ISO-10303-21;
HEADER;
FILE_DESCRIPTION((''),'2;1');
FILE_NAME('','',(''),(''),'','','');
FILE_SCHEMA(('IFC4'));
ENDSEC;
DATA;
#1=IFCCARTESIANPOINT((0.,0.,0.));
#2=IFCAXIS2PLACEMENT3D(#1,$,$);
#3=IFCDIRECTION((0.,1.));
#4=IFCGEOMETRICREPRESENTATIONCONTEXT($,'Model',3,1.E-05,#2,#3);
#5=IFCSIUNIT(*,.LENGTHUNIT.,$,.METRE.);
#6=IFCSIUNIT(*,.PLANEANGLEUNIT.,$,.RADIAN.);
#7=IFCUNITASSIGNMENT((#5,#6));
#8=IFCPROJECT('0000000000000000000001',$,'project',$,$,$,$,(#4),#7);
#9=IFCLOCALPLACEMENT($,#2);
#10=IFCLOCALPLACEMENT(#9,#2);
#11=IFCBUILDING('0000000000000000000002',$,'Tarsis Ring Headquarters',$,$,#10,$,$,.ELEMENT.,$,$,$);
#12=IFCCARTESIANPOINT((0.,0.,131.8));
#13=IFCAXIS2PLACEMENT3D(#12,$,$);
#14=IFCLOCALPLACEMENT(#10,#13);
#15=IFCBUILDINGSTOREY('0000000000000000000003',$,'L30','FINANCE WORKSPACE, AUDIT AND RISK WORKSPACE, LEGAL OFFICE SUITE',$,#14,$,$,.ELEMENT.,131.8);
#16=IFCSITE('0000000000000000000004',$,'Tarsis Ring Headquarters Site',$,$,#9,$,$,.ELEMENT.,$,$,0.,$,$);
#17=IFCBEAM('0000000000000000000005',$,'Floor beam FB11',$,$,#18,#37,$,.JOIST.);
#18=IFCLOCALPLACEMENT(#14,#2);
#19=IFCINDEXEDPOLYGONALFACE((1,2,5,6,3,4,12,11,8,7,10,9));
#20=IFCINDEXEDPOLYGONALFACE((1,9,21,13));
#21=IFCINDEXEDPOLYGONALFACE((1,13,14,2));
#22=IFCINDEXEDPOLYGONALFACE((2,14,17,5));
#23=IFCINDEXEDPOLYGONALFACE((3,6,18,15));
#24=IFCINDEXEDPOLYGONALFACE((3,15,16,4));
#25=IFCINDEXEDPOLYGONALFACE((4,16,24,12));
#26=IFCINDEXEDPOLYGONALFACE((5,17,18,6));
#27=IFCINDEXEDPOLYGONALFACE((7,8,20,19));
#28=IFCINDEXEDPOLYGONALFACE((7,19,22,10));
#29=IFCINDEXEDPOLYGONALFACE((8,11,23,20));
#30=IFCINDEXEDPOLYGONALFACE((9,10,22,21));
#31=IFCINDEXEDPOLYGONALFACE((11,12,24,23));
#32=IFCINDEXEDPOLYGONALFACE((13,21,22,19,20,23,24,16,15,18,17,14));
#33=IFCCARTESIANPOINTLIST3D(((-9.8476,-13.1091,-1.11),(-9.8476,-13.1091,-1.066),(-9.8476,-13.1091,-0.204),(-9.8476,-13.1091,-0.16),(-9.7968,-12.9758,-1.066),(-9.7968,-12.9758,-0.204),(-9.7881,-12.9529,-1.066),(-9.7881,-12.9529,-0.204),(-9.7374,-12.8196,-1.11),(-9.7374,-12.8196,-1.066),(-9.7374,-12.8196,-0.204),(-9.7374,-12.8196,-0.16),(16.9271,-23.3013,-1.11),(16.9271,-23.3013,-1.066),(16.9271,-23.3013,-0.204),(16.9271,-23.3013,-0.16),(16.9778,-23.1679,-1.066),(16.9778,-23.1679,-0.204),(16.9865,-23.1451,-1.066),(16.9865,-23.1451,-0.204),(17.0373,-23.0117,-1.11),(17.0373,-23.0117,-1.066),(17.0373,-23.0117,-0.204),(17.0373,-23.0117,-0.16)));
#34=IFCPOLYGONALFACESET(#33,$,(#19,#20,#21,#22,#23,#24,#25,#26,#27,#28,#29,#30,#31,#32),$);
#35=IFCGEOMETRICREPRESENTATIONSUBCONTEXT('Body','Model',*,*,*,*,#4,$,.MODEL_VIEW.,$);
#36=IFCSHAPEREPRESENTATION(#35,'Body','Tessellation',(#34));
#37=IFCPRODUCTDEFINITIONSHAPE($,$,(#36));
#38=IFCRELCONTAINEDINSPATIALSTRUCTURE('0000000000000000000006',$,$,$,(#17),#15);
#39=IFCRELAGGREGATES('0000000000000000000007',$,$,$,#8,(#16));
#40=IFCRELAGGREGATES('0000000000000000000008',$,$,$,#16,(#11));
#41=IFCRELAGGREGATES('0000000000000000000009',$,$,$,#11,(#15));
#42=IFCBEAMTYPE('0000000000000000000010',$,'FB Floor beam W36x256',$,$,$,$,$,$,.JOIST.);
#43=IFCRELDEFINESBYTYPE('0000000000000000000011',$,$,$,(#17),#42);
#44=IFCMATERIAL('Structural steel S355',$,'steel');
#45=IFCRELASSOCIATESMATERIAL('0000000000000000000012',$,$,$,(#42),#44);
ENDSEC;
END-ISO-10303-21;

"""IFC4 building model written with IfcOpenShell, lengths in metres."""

from ifc_helpers import new_model, si_unit, direction, frame, origin, origin_2d, place, context, subcontext, project, spatial, i_section, extrude, material, material_profile, profile_set, type_object, element, save


model = new_model("IFC4")

# Units and contexts
model_context = context("Model", 3, precision=1e-05, world=origin(), true_north=direction((0.0, 1.0)))
body_context = subcontext(model_context, "Body", "Model", "MODEL_VIEW")
ifc_project = project(units=[si_unit("LENGTHUNIT", "METRE"), si_unit("PLANEANGLEUNIT", "RADIAN")], contexts=[model_context])

# Site, building, storey
site_placement = place(None, origin())
site = spatial("IfcSite", under=ifc_project, at=site_placement, Name="Tarsis Ring Headquarters Site", CompositionType="ELEMENT", RefElevation=0.0)
building_placement = place(site_placement, origin())
building = spatial("IfcBuilding", under=site, at=building_placement, Name="Tarsis Ring Headquarters", CompositionType="ELEMENT")
storey_placement = place(building_placement, frame((0.0, 0.0, 131.8)))
storey = spatial("IfcBuildingStorey", under=building, at=storey_placement, Name="L30", Description="FINANCE WORKSPACE, AUDIT AND RISK WORKSPACE, LEGAL OFFICE SUITE", CompositionType="ELEMENT", Elevation=131.8)

# Beam
ifc_material_1 = material(Name="Structural steel S355", Category="steel")
ifc_material_profile = material_profile(ifc_material_1, i_section(OverallWidth=0.3098, OverallDepth=0.95, WebThickness=0.0244, FlangeThickness=0.0439, at=origin_2d()), Name="W36x256")
ifc_profile_set = profile_set([ifc_material_profile], Name="Structural steel S355")
beam_type = type_object("IfcBeamType", Name="FB Floor beam W36x256", PredefinedType="JOIST", material=ifc_profile_set)
beam_placement = place(storey_placement, frame((-9.7925, -12.9644, -0.635), z_axis=(0.934577, -0.35576, 0.0), x_axis=(0.35576, 0.934577, 0.0)))
element("IfcBeam", 1, at=beam_placement, inside=storey, type_object=beam_type, Name="Floor beam FB11", PredefinedType="JOIST", context=body_context, shape_type="SweptSolid", body=[
    extrude(i_section(OverallWidth=0.3098, OverallDepth=0.95, WebThickness=0.0244, FlangeThickness=0.0439, at=origin_2d()), origin(), (0.0, 0.0, 1.0), 28.6489),
])

save(model, "model.ifc")
